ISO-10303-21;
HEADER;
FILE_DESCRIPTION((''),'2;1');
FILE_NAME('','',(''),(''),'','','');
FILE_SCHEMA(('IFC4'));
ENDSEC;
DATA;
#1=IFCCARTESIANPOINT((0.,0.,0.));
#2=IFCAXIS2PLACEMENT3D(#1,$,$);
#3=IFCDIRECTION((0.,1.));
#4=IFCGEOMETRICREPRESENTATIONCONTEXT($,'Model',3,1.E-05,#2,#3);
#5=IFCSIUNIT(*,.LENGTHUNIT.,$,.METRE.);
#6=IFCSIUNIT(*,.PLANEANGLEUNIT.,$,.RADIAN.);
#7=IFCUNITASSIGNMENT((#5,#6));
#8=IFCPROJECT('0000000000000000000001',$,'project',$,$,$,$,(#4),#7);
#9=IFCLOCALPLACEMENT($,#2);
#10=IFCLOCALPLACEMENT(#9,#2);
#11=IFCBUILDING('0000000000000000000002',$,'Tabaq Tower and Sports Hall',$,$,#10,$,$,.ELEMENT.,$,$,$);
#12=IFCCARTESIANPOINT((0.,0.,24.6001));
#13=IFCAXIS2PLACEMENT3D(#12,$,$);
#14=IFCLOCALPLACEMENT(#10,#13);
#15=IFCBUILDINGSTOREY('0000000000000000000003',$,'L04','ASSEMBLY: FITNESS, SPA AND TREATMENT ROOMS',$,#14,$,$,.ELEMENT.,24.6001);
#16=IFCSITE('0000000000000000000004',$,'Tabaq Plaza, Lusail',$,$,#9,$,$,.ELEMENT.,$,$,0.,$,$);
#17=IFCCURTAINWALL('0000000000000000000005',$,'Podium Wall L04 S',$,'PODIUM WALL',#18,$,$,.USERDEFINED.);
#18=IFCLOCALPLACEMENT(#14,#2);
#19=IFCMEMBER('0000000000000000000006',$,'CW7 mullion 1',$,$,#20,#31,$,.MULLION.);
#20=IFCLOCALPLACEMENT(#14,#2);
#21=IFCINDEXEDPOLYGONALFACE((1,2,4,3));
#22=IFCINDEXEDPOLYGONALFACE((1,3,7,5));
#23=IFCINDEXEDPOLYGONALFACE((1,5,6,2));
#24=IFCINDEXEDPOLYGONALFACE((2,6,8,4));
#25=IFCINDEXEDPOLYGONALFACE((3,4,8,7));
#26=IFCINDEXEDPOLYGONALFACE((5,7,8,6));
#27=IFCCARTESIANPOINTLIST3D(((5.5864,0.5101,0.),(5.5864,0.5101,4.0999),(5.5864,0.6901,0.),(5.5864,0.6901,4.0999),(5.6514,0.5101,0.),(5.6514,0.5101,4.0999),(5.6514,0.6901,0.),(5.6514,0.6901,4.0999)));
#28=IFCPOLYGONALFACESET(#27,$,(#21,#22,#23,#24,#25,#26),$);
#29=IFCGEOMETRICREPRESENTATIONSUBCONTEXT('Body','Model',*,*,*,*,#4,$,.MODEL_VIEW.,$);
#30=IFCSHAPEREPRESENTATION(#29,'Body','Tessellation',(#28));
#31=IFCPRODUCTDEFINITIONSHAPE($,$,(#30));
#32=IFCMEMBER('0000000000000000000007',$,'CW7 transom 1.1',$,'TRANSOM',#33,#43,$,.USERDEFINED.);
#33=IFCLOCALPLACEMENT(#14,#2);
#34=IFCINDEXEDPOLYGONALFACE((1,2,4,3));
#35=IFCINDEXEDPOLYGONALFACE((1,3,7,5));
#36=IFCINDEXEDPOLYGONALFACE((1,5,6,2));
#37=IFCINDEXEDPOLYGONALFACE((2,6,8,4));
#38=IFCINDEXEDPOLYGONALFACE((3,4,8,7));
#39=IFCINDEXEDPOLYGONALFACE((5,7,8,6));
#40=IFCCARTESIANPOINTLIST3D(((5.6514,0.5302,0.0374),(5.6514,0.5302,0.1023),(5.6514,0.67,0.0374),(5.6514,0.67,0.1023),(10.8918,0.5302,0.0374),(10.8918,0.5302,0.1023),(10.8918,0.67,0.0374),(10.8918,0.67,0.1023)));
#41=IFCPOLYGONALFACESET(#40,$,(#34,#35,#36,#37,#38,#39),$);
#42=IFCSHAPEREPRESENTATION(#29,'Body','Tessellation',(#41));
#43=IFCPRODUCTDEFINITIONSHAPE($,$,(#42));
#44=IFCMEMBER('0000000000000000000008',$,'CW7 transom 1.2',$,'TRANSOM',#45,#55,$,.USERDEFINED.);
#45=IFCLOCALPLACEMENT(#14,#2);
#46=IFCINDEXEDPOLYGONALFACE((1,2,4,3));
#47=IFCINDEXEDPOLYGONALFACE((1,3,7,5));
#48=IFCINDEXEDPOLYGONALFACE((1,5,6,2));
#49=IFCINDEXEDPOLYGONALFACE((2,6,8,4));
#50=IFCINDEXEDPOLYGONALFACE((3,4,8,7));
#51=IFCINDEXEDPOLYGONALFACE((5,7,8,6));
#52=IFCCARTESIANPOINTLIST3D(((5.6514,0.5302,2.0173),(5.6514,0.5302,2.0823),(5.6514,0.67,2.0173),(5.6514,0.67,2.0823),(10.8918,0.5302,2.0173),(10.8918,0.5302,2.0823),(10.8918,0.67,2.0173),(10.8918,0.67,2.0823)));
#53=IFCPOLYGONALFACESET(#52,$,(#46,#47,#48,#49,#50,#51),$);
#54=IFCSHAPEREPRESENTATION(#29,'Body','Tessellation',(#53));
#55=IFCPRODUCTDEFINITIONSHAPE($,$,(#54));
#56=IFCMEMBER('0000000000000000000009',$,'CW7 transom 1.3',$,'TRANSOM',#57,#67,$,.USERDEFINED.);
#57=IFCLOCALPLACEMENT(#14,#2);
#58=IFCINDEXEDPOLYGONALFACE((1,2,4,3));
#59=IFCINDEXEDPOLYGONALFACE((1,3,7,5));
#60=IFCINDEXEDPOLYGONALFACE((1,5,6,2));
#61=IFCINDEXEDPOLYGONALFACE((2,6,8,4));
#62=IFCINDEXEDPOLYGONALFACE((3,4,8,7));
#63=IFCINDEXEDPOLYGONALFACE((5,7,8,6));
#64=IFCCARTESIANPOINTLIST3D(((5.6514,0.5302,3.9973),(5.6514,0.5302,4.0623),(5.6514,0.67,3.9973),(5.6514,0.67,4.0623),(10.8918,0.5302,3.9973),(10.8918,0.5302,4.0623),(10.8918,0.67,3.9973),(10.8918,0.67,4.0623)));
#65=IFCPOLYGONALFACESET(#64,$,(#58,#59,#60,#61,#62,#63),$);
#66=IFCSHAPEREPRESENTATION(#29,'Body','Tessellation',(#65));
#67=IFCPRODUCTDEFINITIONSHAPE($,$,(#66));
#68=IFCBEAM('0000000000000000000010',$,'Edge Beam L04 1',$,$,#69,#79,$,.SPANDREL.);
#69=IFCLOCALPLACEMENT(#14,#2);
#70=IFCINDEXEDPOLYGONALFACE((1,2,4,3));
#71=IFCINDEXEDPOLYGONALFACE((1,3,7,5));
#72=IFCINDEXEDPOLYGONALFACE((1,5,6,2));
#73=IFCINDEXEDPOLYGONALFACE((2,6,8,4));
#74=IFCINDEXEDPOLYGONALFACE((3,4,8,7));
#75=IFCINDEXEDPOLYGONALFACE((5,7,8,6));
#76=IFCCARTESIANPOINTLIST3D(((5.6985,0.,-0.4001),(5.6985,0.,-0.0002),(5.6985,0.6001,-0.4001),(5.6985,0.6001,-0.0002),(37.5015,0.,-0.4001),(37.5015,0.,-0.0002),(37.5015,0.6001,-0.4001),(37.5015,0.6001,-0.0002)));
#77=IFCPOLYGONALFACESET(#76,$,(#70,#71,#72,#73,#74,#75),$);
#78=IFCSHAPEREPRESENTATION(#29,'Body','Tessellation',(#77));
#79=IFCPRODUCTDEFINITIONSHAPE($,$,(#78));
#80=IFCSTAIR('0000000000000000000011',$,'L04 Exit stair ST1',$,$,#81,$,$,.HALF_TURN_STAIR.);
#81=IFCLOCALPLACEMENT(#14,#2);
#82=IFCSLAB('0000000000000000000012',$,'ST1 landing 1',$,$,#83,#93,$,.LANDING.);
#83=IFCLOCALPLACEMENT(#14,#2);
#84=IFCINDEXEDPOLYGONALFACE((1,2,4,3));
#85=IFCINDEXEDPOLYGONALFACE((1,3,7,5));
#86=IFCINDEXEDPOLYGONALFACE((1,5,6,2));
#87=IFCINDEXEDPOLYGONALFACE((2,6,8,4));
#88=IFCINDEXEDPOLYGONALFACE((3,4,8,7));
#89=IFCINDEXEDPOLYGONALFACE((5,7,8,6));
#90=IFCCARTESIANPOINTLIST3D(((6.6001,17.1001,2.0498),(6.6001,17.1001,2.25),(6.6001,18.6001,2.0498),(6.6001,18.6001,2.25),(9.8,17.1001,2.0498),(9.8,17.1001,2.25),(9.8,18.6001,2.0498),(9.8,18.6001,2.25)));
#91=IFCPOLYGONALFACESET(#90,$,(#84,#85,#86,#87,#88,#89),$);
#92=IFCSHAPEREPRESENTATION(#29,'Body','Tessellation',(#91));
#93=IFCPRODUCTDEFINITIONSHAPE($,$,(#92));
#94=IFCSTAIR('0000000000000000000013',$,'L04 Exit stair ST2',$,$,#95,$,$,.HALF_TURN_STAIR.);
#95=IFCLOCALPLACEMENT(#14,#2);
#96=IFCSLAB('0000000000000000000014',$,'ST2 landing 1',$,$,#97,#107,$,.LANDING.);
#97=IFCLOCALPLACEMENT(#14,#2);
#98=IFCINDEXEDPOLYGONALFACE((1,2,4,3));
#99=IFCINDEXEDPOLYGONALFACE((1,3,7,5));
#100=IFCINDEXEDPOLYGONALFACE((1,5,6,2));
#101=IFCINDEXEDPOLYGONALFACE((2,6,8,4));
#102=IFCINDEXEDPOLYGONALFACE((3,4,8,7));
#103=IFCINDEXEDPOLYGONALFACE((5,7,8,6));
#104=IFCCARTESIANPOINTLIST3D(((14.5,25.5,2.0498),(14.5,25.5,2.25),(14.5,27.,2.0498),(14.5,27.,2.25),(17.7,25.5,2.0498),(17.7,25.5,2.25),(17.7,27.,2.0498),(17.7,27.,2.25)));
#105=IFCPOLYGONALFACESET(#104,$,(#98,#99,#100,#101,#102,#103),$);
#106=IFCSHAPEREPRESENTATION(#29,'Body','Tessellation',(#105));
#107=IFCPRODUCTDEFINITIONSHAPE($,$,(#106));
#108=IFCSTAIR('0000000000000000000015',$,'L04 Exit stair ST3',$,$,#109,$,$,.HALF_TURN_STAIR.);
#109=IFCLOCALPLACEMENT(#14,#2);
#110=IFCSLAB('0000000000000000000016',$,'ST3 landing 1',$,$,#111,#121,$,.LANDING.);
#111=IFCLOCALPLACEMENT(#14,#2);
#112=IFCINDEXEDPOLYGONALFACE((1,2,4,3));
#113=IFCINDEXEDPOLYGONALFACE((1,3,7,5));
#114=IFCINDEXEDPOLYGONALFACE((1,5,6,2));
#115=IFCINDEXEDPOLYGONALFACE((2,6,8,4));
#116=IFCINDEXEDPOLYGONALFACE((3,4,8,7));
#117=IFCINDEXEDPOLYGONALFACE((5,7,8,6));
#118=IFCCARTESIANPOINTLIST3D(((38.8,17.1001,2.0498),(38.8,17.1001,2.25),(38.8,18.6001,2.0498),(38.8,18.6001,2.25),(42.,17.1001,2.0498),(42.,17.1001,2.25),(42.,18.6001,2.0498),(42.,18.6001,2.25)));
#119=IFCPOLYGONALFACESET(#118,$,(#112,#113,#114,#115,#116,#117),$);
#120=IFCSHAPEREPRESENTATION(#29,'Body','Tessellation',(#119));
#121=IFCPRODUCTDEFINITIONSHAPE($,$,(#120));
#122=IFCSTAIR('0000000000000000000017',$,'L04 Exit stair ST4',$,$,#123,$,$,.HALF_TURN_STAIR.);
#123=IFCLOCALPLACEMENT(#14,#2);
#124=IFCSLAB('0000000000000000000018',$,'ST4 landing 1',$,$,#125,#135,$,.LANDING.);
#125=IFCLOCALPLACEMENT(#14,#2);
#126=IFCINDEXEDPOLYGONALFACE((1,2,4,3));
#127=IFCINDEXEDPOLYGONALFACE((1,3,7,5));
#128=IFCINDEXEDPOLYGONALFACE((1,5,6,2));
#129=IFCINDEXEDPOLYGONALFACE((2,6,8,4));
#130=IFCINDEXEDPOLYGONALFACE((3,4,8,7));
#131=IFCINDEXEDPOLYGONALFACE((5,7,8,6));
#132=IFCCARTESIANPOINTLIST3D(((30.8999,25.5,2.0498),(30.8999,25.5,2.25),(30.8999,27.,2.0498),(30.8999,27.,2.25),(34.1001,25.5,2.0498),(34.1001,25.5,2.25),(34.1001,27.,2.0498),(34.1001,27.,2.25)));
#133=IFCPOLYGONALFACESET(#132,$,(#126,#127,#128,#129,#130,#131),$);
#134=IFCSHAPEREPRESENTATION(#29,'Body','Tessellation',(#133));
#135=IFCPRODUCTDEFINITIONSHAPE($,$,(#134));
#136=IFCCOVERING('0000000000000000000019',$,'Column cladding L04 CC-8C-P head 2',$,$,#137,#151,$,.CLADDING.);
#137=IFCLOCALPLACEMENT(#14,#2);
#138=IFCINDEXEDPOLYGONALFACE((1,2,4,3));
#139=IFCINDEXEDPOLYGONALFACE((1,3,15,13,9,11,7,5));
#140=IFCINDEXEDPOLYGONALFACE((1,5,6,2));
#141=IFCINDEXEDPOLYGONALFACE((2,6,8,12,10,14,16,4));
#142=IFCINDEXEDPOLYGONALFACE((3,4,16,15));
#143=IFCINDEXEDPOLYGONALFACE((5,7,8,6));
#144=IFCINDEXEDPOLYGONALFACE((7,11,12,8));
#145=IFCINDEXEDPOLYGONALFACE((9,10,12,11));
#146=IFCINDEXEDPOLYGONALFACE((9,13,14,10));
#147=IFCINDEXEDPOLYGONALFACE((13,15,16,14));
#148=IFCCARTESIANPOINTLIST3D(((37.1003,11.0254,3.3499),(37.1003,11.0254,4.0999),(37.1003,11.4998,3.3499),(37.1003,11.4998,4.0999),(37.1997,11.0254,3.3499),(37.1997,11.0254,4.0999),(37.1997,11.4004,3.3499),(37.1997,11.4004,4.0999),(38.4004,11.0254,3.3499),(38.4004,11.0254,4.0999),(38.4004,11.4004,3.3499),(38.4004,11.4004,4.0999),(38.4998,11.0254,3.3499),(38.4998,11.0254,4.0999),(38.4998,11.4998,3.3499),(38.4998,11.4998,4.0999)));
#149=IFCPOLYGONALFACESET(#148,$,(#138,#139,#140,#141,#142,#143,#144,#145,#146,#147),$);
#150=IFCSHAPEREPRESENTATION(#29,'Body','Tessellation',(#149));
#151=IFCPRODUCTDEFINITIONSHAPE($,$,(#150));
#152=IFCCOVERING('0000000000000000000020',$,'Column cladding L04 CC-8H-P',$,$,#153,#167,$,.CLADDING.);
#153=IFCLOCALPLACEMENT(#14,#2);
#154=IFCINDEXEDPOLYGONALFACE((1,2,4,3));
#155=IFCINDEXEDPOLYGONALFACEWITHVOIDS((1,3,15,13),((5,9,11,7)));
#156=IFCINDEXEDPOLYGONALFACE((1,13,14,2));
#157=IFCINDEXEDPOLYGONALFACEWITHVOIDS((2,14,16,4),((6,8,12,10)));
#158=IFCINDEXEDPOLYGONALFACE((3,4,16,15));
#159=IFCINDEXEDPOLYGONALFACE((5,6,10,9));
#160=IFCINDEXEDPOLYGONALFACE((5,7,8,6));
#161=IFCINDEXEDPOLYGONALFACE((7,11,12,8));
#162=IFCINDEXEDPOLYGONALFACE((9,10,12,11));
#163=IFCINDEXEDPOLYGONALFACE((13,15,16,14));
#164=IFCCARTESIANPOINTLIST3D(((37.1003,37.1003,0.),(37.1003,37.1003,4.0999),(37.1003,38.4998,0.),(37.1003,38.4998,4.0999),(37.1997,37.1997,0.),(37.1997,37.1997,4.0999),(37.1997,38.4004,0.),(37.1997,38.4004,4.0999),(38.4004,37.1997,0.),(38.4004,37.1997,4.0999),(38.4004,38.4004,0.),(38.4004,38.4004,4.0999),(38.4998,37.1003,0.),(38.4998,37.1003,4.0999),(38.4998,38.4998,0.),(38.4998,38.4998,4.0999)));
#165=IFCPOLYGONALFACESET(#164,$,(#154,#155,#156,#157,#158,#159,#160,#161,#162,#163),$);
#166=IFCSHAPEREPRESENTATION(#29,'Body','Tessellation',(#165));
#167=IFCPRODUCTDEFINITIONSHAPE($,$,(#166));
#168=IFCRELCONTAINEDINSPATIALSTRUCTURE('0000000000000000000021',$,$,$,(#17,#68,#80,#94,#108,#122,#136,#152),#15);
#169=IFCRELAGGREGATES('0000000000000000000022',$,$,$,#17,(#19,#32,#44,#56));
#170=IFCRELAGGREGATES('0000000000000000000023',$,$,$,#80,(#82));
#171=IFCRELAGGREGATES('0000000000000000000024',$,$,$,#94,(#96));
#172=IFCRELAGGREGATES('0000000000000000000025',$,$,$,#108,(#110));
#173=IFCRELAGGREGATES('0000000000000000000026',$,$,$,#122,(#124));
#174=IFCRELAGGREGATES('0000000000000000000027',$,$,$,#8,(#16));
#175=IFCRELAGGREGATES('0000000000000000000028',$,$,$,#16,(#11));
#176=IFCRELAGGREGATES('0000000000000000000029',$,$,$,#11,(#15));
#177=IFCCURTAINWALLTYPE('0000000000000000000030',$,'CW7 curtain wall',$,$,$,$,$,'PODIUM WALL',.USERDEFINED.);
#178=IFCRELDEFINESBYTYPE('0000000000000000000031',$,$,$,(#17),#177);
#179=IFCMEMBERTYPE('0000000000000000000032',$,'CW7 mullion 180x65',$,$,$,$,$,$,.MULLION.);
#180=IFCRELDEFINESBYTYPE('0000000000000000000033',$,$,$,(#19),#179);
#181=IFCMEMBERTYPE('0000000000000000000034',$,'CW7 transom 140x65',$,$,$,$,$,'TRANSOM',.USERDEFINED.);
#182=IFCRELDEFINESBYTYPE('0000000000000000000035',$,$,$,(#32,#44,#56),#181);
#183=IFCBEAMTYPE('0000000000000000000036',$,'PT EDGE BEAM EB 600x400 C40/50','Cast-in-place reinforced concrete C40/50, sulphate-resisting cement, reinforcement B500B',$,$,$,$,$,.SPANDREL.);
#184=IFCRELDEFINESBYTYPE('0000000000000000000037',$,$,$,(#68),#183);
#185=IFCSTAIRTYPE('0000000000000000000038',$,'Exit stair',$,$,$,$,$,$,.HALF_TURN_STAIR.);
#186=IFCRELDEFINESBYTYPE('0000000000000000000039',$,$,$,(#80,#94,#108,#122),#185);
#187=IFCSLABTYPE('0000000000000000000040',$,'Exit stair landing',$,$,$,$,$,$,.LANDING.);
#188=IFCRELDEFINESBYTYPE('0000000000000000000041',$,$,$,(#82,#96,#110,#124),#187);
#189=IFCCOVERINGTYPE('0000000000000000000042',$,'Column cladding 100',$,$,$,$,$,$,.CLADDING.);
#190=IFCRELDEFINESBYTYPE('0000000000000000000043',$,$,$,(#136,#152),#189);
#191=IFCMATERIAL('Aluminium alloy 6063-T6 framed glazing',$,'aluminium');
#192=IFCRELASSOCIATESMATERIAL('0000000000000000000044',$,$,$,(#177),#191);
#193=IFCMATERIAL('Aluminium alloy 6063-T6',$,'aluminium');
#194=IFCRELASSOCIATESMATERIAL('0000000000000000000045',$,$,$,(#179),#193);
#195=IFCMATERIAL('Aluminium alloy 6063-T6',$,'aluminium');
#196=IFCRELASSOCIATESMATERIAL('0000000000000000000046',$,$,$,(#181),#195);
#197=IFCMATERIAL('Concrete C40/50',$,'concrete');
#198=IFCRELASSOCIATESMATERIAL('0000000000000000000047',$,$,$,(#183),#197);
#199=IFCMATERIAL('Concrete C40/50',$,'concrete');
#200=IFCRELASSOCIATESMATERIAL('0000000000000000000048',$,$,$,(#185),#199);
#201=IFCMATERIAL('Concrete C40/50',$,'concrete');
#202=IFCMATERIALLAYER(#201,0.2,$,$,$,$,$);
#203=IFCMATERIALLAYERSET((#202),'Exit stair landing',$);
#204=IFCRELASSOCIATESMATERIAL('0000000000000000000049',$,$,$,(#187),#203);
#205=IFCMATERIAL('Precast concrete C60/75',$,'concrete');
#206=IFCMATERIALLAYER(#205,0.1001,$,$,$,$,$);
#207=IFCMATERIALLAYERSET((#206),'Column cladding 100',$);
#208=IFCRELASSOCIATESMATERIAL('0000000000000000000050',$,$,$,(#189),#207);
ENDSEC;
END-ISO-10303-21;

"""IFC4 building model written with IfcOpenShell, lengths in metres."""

from ifc_helpers import new_model, si_unit, direction, frame, origin, origin_2d, place, context, subcontext, project, spatial, polyline, rectangle, outline, extrude, material, layer, layer_set, material_profile, profile_set, type_object, element, aggregate, save


model = new_model("IFC4")

# Units and contexts
model_context = context("Model", 3, precision=1e-05, world=origin(), true_north=direction((0.0, 1.0)))
body_context = subcontext(model_context, "Body", "Model", "MODEL_VIEW")
ifc_project = project(units=[si_unit("LENGTHUNIT", "METRE"), si_unit("PLANEANGLEUNIT", "RADIAN")], contexts=[model_context])

# Site, building, storey
site_placement = place(None, origin())
site = spatial("IfcSite", under=ifc_project, at=site_placement, Name="Tabaq Plaza, Lusail", CompositionType="ELEMENT", RefElevation=0.0)
building_placement = place(site_placement, origin())
building = spatial("IfcBuilding", under=site, at=building_placement, Name="Tabaq Tower and Sports Hall", CompositionType="ELEMENT")
storey_placement = place(building_placement, frame((0.0, 0.0, 24.6001)))
storey = spatial("IfcBuildingStorey", under=building, at=storey_placement, Name="L04", Description="ASSEMBLY: FITNESS, SPA AND TREATMENT ROOMS", CompositionType="ELEMENT", Elevation=24.6001)

# Curtain wall, members
ifc_material_1 = material(Name="Aluminium alloy 6063-T6 framed glazing", Category="aluminium")
curtain_wall_type = type_object("IfcCurtainWallType", Name="CW7 curtain wall", ElementType="PODIUM WALL", PredefinedType="USERDEFINED", material=ifc_material_1)
curtain_wall_placement = place(storey_placement, origin())
curtain_wall = element("IfcCurtainWall", 1, at=curtain_wall_placement, inside=storey, type_object=curtain_wall_type, Name="Podium Wall L04 S", ObjectType="PODIUM WALL", PredefinedType="USERDEFINED")
ifc_material_2 = material(Name="Aluminium alloy 6063-T6", Category="aluminium")
ifc_material_profile_1 = material_profile(ifc_material_2, rectangle(XDim=0.1799, YDim=0.0649, at=origin_2d()), Name="MULLION 180x65")
ifc_profile_set_1 = profile_set([ifc_material_profile_1], Name="Aluminium alloy 6063-T6")
member_type_1 = type_object("IfcMemberType", Name="CW7 mullion 180x65", PredefinedType="MULLION", material=ifc_profile_set_1)
member_1_placement = place(storey_placement, frame((5.6189, 0.6001, 0.0), z_axis=(0.0, 0.0, 1.0), x_axis=(0.0, 1.0, 0.0)))
member_1 = element("IfcMember", 2, at=member_1_placement, type_object=member_type_1, Name="CW7 mullion 1", PredefinedType="MULLION", context=body_context, shape_type="SweptSolid", body=[
    extrude(rectangle(XDim=0.1799, YDim=0.0649, at=origin_2d()), origin(), (0.0, 0.0, 1.0), 4.0999),
])
ifc_material_3 = material(Name="Aluminium alloy 6063-T6", Category="aluminium")
ifc_material_profile_2 = material_profile(ifc_material_3, rectangle(XDim=0.1399, YDim=0.0649, at=origin_2d()), Name="TRANSOM 140x65")
ifc_profile_set_2 = profile_set([ifc_material_profile_2], Name="Aluminium alloy 6063-T6")
member_type_2 = type_object("IfcMemberType", Name="CW7 transom 140x65", ElementType="TRANSOM", PredefinedType="USERDEFINED", material=ifc_profile_set_2)
member_2_placement = place(storey_placement, frame((5.6514, 0.6001, 0.0698), z_axis=(1.0, 0.0, 0.0), x_axis=(0.0, 1.0, 0.0)))
member_2 = element("IfcMember", 3, at=member_2_placement, type_object=member_type_2, Name="CW7 transom 1.1", ObjectType="TRANSOM", PredefinedType="USERDEFINED", context=body_context, shape_type="SweptSolid", body=[
    extrude(rectangle(XDim=0.1399, YDim=0.0649, at=origin_2d()), origin(), (0.0, 0.0, 1.0), 5.2405),
])
member_3_placement = place(storey_placement, frame((5.6514, 0.6001, 2.0498), z_axis=(1.0, 0.0, 0.0), x_axis=(0.0, 1.0, 0.0)))
member_3 = element("IfcMember", 4, at=member_3_placement, type_object=member_type_2, Name="CW7 transom 1.2", ObjectType="TRANSOM", PredefinedType="USERDEFINED", context=body_context, shape_type="SweptSolid", body=[
    extrude(rectangle(XDim=0.1399, YDim=0.0649, at=origin_2d()), origin(), (0.0, 0.0, 1.0), 5.2405),
])
member_4_placement = place(storey_placement, frame((5.6514, 0.6001, 4.0298), z_axis=(1.0, 0.0, 0.0), x_axis=(0.0, 1.0, 0.0)))
member_4 = element("IfcMember", 5, at=member_4_placement, type_object=member_type_2, Name="CW7 transom 1.3", ObjectType="TRANSOM", PredefinedType="USERDEFINED", context=body_context, shape_type="SweptSolid", body=[
    extrude(rectangle(XDim=0.1399, YDim=0.0649, at=origin_2d()), origin(), (0.0, 0.0, 1.0), 5.2405),
])
aggregate(curtain_wall, [member_1, member_2, member_3, member_4])

# Beam
ifc_material_4 = material(Name="Concrete C40/50", Category="concrete")
ifc_material_profile_3 = material_profile(ifc_material_4, rectangle(XDim=0.6001, YDim=0.3999, at=origin_2d()), Name="EB 600x400")
ifc_profile_set_3 = profile_set([ifc_material_profile_3], Name="Concrete C40/50")
beam_type = type_object("IfcBeamType", Name="PT EDGE BEAM EB 600x400 C40/50", Description="Cast-in-place reinforced concrete C40/50, sulphate-resisting cement, reinforcement B500B", PredefinedType="SPANDREL", material=ifc_profile_set_3)
beam_placement = place(storey_placement, frame((5.6985, 0.3, -0.2002), z_axis=(1.0, 0.0, 0.0), x_axis=(0.0, 1.0, 0.0)))
element("IfcBeam", 6, at=beam_placement, inside=storey, type_object=beam_type, Name="Edge Beam L04 1", PredefinedType="SPANDREL", context=body_context, shape_type="SweptSolid", body=[
    extrude(rectangle(XDim=0.6001, YDim=0.3999, at=origin_2d()), origin(), (0.0, 0.0, 1.0), 31.803),
])

# Stairs, slabs
ifc_material_5 = material(Name="Concrete C40/50", Category="concrete")
stair_type = type_object("IfcStairType", Name="Exit stair", PredefinedType="HALF_TURN_STAIR", material=ifc_material_5)
stair_1_placement = place(storey_placement, origin())
stair_1 = element("IfcStair", 7, at=stair_1_placement, inside=storey, type_object=stair_type, Name="L04 Exit stair ST1", PredefinedType="HALF_TURN_STAIR")
ifc_material_6 = material(Name="Concrete C40/50", Category="concrete")
ifc_layer_1 = layer(ifc_material_6, 0.2)
ifc_layer_set_1 = layer_set([ifc_layer_1], Name="Exit stair landing")
slab_type = type_object("IfcSlabType", Name="Exit stair landing", PredefinedType="LANDING", material=ifc_layer_set_1)
slab_1_placement = place(storey_placement, frame((0.0, 0.0, 2.0498)))
slab_1 = element("IfcSlab", 8, at=slab_1_placement, type_object=slab_type, Name="ST1 landing 1", PredefinedType="LANDING", context=body_context, shape_type="SweptSolid", body=[
    extrude(outline(polyline([(6.6001, 18.6001), (6.6001, 17.1001), (9.8, 17.1001), (9.8, 18.6001), (6.6001, 18.6001)])), origin(), (0.0, 0.0, 1.0), 0.2002),
])
aggregate(stair_1, [slab_1])
stair_2_placement = place(storey_placement, origin())
stair_2 = element("IfcStair", 9, at=stair_2_placement, inside=storey, type_object=stair_type, Name="L04 Exit stair ST2", PredefinedType="HALF_TURN_STAIR")
slab_2_placement = place(storey_placement, frame((0.0, 0.0, 2.0498)))
slab_2 = element("IfcSlab", 10, at=slab_2_placement, type_object=slab_type, Name="ST2 landing 1", PredefinedType="LANDING", context=body_context, shape_type="SweptSolid", body=[
    extrude(outline(polyline([(14.5, 27.0), (14.5, 25.5), (17.7, 25.5), (17.7, 27.0), (14.5, 27.0)])), origin(), (0.0, 0.0, 1.0), 0.2002),
])
aggregate(stair_2, [slab_2])
stair_3_placement = place(storey_placement, origin())
stair_3 = element("IfcStair", 11, at=stair_3_placement, inside=storey, type_object=stair_type, Name="L04 Exit stair ST3", PredefinedType="HALF_TURN_STAIR")
slab_3_placement = place(storey_placement, frame((0.0, 0.0, 2.0498)))
slab_3 = element("IfcSlab", 12, at=slab_3_placement, type_object=slab_type, Name="ST3 landing 1", PredefinedType="LANDING", context=body_context, shape_type="SweptSolid", body=[
    extrude(outline(polyline([(38.8, 18.6001), (38.8, 17.1001), (42.0, 17.1001), (42.0, 18.6001), (38.8, 18.6001)])), origin(), (0.0, 0.0, 1.0), 0.2002),
])
aggregate(stair_3, [slab_3])
stair_4_placement = place(storey_placement, origin())
stair_4 = element("IfcStair", 13, at=stair_4_placement, inside=storey, type_object=stair_type, Name="L04 Exit stair ST4", PredefinedType="HALF_TURN_STAIR")
slab_4_placement = place(storey_placement, frame((0.0, 0.0, 2.0498)))
slab_4 = element("IfcSlab", 14, at=slab_4_placement, type_object=slab_type, Name="ST4 landing 1", PredefinedType="LANDING", context=body_context, shape_type="SweptSolid", body=[
    extrude(outline(polyline([(30.8999, 27.0), (30.8999, 25.5), (34.1001, 25.5), (34.1001, 27.0), (30.8999, 27.0)])), origin(), (0.0, 0.0, 1.0), 0.2002),
])
aggregate(stair_4, [slab_4])

# Coverings
ifc_material_7 = material(Name="Precast concrete C60/75", Category="concrete")
ifc_layer_2 = layer(ifc_material_7, 0.1001)
ifc_layer_set_2 = layer_set([ifc_layer_2], Name="Column cladding 100")
covering_type_1 = type_object("IfcCoveringType", Name="Column cladding 100", PredefinedType="CLADDING", material=ifc_layer_set_2)
covering_1_placement = place(storey_placement, frame((0.0, 0.0, 3.3499)))
element("IfcCovering", 15, at=covering_1_placement, inside=storey, type_object=covering_type_1, Name="Column cladding L04 CC-8C-P head 2", PredefinedType="CLADDING", context=body_context, shape_type="SweptSolid", body=[
    extrude(outline(polyline([(38.4998, 11.4998), (38.4998, 11.0254), (38.4004, 11.0254), (38.4004, 11.4004), (37.1997, 11.4004), (37.1997, 11.0254), (37.1003, 11.0254), (37.1003, 11.4998), (38.4998, 11.4998)])), origin(), (0.0, 0.0, 1.0), 0.75),
])
covering_2_placement = place(storey_placement, origin())
element("IfcCovering", 16, at=covering_2_placement, inside=storey, type_object=covering_type_1, Name="Column cladding L04 CC-8H-P", PredefinedType="CLADDING", context=body_context, shape_type="SweptSolid", body=[
    extrude(outline(polyline([(37.1003, 38.4998), (38.4998, 38.4998), (38.4998, 37.1003), (37.1003, 37.1003), (37.1003, 38.4998)]), holes=[polyline([(38.4004, 37.1997), (38.4004, 38.4004), (37.1997, 38.4004), (37.1997, 37.1997), (38.4004, 37.1997)])]), origin(), (0.0, 0.0, 1.0), 4.0999),
])

save(model, "model.ifc")
